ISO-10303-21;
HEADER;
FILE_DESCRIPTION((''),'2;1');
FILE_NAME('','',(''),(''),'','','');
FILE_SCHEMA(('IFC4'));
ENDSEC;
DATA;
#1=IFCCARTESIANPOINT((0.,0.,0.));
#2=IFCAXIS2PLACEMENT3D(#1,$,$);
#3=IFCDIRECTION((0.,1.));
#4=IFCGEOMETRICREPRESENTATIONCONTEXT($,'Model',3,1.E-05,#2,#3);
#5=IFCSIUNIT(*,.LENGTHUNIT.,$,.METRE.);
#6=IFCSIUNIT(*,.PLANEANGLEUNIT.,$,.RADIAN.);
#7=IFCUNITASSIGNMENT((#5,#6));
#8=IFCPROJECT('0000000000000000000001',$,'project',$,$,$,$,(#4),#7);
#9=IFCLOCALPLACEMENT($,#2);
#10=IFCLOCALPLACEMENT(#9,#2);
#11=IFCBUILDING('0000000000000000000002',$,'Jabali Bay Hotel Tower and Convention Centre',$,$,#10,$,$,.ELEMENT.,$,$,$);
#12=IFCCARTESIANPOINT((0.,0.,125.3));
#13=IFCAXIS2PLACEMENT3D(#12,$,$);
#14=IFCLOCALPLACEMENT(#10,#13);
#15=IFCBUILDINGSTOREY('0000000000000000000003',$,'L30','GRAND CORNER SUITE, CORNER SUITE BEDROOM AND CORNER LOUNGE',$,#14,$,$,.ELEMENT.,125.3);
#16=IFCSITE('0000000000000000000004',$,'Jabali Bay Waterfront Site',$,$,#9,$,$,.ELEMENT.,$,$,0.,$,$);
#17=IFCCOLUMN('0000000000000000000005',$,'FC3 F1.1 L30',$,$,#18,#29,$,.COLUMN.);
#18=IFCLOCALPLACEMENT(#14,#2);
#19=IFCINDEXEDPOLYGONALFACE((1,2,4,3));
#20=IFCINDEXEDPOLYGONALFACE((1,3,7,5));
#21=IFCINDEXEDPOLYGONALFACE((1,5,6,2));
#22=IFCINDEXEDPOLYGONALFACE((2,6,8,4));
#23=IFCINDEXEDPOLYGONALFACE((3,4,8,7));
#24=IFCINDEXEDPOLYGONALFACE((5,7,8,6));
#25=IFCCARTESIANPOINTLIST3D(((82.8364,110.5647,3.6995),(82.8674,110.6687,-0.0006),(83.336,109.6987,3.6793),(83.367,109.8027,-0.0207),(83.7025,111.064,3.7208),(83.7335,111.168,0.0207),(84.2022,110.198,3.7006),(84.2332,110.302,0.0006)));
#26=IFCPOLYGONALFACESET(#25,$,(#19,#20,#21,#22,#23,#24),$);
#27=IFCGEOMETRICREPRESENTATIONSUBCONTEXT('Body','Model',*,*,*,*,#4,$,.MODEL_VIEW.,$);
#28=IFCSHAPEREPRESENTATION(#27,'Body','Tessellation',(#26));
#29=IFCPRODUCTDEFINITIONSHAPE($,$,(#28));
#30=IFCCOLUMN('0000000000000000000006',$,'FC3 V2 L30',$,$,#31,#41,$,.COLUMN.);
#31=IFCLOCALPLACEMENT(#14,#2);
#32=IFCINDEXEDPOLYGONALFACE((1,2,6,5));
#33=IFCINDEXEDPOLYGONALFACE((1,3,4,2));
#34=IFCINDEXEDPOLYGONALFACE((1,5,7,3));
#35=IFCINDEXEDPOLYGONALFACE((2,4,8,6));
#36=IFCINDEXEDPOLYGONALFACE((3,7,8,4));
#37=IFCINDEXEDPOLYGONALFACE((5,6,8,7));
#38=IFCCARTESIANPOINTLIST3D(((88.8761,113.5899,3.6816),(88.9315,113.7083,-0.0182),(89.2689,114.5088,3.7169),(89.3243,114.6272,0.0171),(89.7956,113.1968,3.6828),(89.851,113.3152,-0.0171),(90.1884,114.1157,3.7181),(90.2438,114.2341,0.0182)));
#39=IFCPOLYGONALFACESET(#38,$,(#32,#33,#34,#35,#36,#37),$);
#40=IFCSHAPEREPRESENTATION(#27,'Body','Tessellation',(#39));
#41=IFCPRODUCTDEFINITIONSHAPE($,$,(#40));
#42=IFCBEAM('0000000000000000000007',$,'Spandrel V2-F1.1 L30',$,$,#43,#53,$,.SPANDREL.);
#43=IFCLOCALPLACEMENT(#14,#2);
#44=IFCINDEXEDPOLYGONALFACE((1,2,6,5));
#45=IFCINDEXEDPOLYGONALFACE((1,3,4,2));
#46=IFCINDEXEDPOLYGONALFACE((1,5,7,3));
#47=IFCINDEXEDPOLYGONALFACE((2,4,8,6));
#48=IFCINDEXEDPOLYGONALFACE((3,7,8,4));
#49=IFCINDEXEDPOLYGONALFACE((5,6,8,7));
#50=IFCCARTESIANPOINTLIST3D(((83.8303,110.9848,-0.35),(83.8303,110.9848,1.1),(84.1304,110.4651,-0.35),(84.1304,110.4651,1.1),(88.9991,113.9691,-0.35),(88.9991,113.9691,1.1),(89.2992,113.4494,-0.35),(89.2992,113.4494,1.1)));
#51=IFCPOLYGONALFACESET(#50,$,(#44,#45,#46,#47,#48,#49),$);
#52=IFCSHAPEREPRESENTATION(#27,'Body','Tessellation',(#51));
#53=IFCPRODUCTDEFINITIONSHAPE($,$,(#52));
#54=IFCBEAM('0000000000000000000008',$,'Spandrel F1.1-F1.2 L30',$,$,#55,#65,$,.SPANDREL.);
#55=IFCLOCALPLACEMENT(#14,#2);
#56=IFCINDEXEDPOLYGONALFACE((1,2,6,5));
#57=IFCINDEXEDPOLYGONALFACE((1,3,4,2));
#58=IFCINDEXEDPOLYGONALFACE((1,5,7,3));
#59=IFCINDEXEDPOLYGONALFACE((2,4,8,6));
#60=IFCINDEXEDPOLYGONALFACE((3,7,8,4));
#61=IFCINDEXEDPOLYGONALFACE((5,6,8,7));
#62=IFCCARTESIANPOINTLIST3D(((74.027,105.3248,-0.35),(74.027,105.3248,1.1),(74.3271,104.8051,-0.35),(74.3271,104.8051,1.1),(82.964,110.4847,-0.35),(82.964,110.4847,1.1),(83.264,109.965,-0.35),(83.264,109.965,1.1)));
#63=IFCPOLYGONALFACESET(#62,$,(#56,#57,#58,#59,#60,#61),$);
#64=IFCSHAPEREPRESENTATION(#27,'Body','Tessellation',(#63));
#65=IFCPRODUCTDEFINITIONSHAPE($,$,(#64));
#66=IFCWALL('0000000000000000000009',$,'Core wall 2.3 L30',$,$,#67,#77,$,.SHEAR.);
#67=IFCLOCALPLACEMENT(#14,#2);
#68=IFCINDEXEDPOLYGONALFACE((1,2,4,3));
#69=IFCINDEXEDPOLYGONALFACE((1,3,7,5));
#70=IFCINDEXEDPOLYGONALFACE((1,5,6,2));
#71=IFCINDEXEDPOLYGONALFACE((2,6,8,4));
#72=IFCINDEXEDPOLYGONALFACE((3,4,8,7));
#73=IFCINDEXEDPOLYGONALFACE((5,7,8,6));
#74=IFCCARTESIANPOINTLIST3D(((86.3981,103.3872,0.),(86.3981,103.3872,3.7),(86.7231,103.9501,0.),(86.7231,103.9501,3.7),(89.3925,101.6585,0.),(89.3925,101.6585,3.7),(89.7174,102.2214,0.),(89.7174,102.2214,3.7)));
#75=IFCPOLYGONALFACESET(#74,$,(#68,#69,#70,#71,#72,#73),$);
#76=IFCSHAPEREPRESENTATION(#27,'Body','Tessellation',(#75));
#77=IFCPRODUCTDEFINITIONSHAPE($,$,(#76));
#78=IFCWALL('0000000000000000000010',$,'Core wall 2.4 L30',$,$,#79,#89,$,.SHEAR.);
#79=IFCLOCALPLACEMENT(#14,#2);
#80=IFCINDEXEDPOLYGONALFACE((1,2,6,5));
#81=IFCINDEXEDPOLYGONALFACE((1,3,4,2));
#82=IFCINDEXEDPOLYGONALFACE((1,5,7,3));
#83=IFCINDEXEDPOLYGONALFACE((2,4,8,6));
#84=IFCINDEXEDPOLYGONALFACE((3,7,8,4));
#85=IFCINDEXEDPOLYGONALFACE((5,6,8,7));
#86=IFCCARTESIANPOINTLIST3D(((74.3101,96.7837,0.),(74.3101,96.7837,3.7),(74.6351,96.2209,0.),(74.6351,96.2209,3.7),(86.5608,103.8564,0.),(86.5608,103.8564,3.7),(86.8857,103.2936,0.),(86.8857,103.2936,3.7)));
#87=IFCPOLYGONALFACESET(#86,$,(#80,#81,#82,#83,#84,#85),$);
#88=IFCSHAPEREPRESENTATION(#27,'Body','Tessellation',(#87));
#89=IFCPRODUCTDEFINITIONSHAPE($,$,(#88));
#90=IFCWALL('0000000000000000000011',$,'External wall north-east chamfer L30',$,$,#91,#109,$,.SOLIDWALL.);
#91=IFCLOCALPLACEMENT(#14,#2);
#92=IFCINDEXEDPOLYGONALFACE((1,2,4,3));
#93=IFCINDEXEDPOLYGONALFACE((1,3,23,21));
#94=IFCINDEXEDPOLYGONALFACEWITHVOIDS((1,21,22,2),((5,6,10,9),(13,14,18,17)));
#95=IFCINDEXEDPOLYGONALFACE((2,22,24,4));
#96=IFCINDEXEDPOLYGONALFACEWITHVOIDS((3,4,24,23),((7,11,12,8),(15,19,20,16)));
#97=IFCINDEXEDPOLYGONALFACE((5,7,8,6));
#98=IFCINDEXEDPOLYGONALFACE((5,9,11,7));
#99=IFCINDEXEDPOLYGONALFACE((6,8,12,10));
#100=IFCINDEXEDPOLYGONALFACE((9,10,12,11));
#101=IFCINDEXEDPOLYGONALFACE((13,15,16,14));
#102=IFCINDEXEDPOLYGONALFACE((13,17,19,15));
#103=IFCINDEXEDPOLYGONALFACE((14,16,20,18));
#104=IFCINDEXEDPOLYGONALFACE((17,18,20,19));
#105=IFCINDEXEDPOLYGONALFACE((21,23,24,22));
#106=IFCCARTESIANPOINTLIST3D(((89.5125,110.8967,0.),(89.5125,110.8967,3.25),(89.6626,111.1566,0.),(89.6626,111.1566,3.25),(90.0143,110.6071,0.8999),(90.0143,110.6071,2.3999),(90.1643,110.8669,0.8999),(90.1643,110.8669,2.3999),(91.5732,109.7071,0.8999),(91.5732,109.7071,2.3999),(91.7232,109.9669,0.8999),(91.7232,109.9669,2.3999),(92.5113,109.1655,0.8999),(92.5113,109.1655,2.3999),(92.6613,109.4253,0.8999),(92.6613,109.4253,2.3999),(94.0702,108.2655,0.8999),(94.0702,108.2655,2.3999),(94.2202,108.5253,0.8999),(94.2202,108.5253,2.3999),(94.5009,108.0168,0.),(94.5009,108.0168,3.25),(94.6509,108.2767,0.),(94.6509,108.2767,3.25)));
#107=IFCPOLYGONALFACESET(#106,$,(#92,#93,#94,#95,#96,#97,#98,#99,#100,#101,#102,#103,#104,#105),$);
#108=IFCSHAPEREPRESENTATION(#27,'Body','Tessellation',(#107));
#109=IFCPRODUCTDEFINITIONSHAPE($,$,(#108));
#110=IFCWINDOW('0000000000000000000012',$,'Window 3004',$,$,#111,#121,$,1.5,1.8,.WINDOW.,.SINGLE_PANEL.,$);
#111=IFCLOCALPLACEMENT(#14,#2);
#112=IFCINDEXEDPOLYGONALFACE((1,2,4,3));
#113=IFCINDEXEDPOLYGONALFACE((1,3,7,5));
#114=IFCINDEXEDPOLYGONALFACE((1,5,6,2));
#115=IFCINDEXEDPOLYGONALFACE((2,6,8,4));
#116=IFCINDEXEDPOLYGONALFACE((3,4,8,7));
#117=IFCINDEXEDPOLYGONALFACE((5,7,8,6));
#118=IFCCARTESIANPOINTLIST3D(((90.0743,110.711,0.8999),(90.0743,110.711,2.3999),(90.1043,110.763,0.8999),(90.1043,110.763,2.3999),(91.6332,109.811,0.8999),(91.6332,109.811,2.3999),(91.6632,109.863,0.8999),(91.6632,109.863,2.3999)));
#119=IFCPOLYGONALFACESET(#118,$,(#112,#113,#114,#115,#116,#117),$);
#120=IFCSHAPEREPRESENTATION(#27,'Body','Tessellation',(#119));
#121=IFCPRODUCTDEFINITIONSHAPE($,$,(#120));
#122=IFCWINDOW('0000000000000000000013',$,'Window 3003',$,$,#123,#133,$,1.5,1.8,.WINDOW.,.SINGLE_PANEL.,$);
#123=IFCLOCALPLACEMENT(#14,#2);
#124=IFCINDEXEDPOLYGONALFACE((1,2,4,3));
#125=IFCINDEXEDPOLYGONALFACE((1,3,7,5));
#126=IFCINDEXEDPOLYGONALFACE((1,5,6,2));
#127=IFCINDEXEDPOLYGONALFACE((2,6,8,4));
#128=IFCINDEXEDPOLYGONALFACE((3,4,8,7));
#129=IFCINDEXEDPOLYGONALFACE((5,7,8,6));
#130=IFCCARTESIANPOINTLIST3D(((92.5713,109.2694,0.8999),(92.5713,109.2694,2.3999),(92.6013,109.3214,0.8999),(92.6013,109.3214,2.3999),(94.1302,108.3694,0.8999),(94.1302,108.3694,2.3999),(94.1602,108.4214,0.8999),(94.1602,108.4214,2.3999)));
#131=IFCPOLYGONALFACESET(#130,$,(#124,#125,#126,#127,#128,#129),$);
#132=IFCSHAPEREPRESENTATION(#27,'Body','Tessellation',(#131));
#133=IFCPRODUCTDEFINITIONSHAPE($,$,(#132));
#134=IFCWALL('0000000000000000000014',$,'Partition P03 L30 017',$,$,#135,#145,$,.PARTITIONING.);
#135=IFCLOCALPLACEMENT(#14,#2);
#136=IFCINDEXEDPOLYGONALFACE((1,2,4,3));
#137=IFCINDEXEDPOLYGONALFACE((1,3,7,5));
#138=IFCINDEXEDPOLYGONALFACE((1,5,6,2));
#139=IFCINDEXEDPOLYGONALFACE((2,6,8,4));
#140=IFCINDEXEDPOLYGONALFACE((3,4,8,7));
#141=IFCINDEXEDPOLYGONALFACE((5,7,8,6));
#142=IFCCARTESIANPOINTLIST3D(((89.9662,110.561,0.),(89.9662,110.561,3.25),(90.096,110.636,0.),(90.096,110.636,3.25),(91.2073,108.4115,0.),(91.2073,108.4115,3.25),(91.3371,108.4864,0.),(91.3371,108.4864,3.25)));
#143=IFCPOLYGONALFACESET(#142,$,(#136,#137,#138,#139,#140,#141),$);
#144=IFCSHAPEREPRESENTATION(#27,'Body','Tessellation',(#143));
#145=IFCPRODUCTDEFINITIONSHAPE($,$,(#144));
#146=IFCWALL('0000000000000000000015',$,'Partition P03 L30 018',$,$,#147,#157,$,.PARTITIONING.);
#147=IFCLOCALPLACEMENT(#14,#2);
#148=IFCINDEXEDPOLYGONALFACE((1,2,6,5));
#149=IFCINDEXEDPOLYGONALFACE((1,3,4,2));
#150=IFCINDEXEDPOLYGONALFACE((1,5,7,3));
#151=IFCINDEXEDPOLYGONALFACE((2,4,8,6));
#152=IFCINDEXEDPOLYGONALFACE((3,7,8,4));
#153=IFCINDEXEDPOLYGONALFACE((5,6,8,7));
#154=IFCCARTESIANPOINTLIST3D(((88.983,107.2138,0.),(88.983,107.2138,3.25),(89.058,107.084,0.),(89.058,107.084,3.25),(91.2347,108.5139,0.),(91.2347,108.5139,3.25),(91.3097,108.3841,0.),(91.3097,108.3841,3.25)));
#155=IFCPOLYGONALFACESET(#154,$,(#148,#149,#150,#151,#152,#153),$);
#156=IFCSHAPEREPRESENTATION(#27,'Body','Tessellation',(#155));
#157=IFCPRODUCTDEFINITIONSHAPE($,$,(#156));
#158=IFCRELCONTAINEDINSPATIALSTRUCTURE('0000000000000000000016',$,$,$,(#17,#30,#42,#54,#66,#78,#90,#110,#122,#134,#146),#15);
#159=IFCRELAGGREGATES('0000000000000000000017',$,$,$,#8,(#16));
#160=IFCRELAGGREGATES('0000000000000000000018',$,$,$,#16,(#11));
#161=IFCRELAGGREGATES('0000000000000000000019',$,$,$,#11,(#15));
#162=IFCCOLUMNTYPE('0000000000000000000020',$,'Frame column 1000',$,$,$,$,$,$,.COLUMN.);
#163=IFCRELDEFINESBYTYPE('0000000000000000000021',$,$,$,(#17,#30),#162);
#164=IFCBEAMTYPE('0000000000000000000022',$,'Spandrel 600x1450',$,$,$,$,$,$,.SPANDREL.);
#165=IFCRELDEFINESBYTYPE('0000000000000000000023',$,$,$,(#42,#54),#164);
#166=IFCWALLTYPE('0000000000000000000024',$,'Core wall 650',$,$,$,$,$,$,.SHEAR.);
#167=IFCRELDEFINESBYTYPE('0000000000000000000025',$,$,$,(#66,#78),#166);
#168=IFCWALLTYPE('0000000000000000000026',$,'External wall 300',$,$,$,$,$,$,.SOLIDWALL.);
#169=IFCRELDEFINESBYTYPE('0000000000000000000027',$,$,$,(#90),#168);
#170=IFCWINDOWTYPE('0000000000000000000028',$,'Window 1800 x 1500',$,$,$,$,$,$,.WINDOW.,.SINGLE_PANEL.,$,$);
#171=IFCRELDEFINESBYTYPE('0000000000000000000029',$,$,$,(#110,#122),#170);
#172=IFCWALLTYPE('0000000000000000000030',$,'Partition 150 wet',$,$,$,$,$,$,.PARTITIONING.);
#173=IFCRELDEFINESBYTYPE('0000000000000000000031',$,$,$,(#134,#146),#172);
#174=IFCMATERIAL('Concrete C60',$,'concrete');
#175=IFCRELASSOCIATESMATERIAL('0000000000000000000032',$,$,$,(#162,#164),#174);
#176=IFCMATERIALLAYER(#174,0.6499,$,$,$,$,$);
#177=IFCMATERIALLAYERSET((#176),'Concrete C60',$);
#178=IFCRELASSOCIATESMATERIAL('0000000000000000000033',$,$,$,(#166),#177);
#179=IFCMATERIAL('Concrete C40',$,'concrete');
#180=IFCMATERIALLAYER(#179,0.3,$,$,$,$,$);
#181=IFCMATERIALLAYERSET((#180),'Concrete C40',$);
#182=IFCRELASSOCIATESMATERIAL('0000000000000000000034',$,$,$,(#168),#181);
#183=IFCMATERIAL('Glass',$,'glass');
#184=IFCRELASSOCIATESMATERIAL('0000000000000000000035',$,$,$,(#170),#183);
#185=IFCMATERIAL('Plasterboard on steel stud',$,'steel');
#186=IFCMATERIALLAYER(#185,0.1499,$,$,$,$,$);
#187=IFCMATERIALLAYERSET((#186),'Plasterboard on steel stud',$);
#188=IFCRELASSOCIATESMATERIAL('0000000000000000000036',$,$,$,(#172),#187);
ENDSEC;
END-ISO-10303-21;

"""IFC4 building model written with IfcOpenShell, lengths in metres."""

from ifc_helpers import new_model, si_unit, direction, frame, frame_2d, origin, origin_2d, place, context, subcontext, project, spatial, rectangle, extrude, material, layer, layer_set, material_profile, profile_set, type_object, element, fill, save


model = new_model("IFC4")

# Units and contexts
model_context = context("Model", 3, precision=1e-05, world=origin(), true_north=direction((0.0, 1.0)))
body_context = subcontext(model_context, "Body", "Model", "MODEL_VIEW")
ifc_project = project(units=[si_unit("LENGTHUNIT", "METRE"), si_unit("PLANEANGLEUNIT", "RADIAN")], contexts=[model_context])

# Site, building, storey
site_placement = place(None, origin())
site = spatial("IfcSite", under=ifc_project, at=site_placement, Name="Jabali Bay Waterfront Site", CompositionType="ELEMENT", RefElevation=0.0)
building_placement = place(site_placement, origin())
building = spatial("IfcBuilding", under=site, at=building_placement, Name="Jabali Bay Hotel Tower and Convention Centre", CompositionType="ELEMENT")
storey_placement = place(building_placement, frame((0.0, 0.0, 125.3)))
storey = spatial("IfcBuildingStorey", under=building, at=storey_placement, Name="L30", Description="GRAND CORNER SUITE, CORNER SUITE BEDROOM AND CORNER LOUNGE", CompositionType="ELEMENT", Elevation=125.3)

# Columns
ifc_material_1 = material(Name="Concrete C60", Category="concrete")
ifc_material_profile_1 = material_profile(ifc_material_1, rectangle(XDim=1.0, YDim=1.0, at=origin_2d()), Name="Frame column 1000")
ifc_profile_set_1 = profile_set([ifc_material_profile_1], Name="Concrete C60")
column_type = type_object("IfcColumnType", Name="Frame column 1000", PredefinedType="COLUMN", material=ifc_profile_set_1)
column_1_placement = place(storey_placement, frame((83.5503, 110.4854, 0.0), z_axis=(-0.008376, -0.028097, 0.99957), x_axis=(0.866172, 0.499293, 0.021293)))
element("IfcColumn", 1, at=column_1_placement, inside=storey, type_object=column_type, Name="FC3 F1.1 L30", PredefinedType="COLUMN", context=body_context, shape_type="SweptSolid", body=[
    extrude(rectangle(XDim=1.0, YDim=1.0, at=origin_2d()), origin(), (0.0, 0.0, 1.0), 3.7017),
])
column_2_placement = place(storey_placement, frame((89.5876, 113.9712, 0.0), z_axis=(-0.014969, -0.031983, 0.999376), x_axis=(0.919491, -0.39311, 0.001192)))
element("IfcColumn", 2, at=column_2_placement, inside=storey, type_object=column_type, Name="FC3 V2 L30", PredefinedType="COLUMN", context=body_context, shape_type="SweptSolid", body=[
    extrude(rectangle(XDim=1.0, YDim=1.0, at=origin_2d()), origin(), (0.0, 0.0, 1.0), 3.7021),
])

# Beams
ifc_material_profile_2 = material_profile(ifc_material_1, rectangle(XDim=0.6001, YDim=1.45, at=origin_2d()), Name="Spandrel 600x1450")
ifc_profile_set_2 = profile_set([ifc_material_profile_2], Name="Concrete C60")
beam_type = type_object("IfcBeamType", Name="Spandrel 600x1450", PredefinedType="SPANDREL", material=ifc_profile_set_2)
beam_1_placement = place(storey_placement, frame((89.1492, 113.7092, 0.375), z_axis=(-0.866019, -0.50001, 0.0), x_axis=(0.50001, -0.866019, 0.0)))
element("IfcBeam", 3, at=beam_1_placement, inside=storey, type_object=beam_type, Name="Spandrel V2-F1.1 L30", PredefinedType="SPANDREL", context=body_context, shape_type="SweptSolid", body=[
    extrude(rectangle(XDim=0.6001, YDim=1.45, at=origin_2d()), origin(), (0.0, 0.0, 1.0), 5.9685),
])
beam_2_placement = place(storey_placement, frame((83.114, 110.2249, 0.375), z_axis=(-0.86602, -0.500009, 0.0), x_axis=(0.500009, -0.86602, 0.0)))
element("IfcBeam", 4, at=beam_2_placement, inside=storey, type_object=beam_type, Name="Spandrel F1.1-F1.2 L30", PredefinedType="SPANDREL", context=body_context, shape_type="SweptSolid", body=[
    extrude(rectangle(XDim=0.6001, YDim=1.45, at=origin_2d()), origin(), (0.0, 0.0, 1.0), 10.3196),
])

# Walls
ifc_layer_1 = layer(ifc_material_1, 0.6499)
ifc_layer_set_1 = layer_set([ifc_layer_1], Name="Concrete C60")
wall_type_1 = type_object("IfcWallType", Name="Core wall 650", PredefinedType="SHEAR", material=ifc_layer_set_1)
wall_1_placement = place(storey_placement, frame((89.5549, 101.9399, 0.0), z_axis=(0.0, 0.0, 1.0), x_axis=(-0.866032, 0.499989, 0.0)))
element("IfcWall", 5, at=wall_1_placement, inside=storey, type_object=wall_type_1, Name="Core wall 2.3 L30", PredefinedType="SHEAR", context=body_context, shape_type="SweptSolid", body=[
    extrude(rectangle(XDim=3.4575, YDim=0.6499, at=frame_2d((1.7288, 0.0))), origin(), (0.0, 0.0, 1.0), 3.7),
])
wall_2_placement = place(storey_placement, frame((86.7231, 103.575, 0.0), z_axis=(0.0, 0.0, 1.0), x_axis=(-0.866032, -0.499989, 0.0)))
element("IfcWall", 6, at=wall_2_placement, inside=storey, type_object=wall_type_1, Name="Core wall 2.4 L30", PredefinedType="SHEAR", context=body_context, shape_type="SweptSolid", body=[
    extrude(rectangle(XDim=14.1458, YDim=0.6499, at=frame_2d((7.0728, 0.0))), origin(), (0.0, 0.0, 1.0), 3.7),
])

# Wall, openings, windows
ifc_material_2 = material(Name="Concrete C40", Category="concrete")
ifc_layer_2 = layer(ifc_material_2, 0.3)
ifc_layer_set_2 = layer_set([ifc_layer_2], Name="Concrete C40")
wall_type_2 = type_object("IfcWallType", Name="External wall 300", PredefinedType="SOLIDWALL", material=ifc_layer_set_2)
wall_3_placement = place(storey_placement, frame((89.5876, 111.0266, 0.0), z_axis=(0.0, 0.0, 1.0), x_axis=(0.866033, -0.499987, 0.0)))
wall_3 = element("IfcWall", 7, at=wall_3_placement, inside=storey, type_object=wall_type_2, Name="External wall north-east chamfer L30", PredefinedType="SOLIDWALL", context=body_context, shape_type="SweptSolid", body=[
    extrude(rectangle(XDim=5.76, YDim=0.3, at=frame_2d((2.8799, 0.0))), origin(), (0.0, 0.0, 1.0), 3.25),
])
opening_1_placement = place(wall_3_placement, frame((0.5793, 0.0, 0.8999)))
opening_1 = element("IfcOpeningElement", 8, at=opening_1_placement, cuts=wall_3, PredefinedType="OPENING", context=body_context, shape_type="SweptSolid", body=[
    extrude(rectangle(XDim=1.8, YDim=1.5, at=frame_2d((0.8999, 0.75))), frame((0.0, 0.1606, 0.0), z_axis=(0.0, -1.0, 0.0), x_axis=(1.0, 0.0, 0.0)), (0.0, 0.0, 1.0), 0.321),
])
opening_2_placement = place(wall_3_placement, frame((3.4626, 0.0, 0.8999)))
opening_2 = element("IfcOpeningElement", 9, at=opening_2_placement, cuts=wall_3, PredefinedType="OPENING", context=body_context, shape_type="SweptSolid", body=[
    extrude(rectangle(XDim=1.8, YDim=1.5, at=frame_2d((0.8999, 0.75))), frame((0.0, 0.1606, 0.0), z_axis=(0.0, -1.0, 0.0), x_axis=(1.0, 0.0, 0.0)), (0.0, 0.0, 1.0), 0.321),
])
ifc_material_3 = material(Name="Glass", Category="glass")
window_type = type_object("IfcWindowType", Name="Window 1800 x 1500", PartitioningType="SINGLE_PANEL", PredefinedType="WINDOW", material=ifc_material_3)
window_1_placement = place(opening_1_placement, origin())
window_1 = element("IfcWindow", 10, at=window_1_placement, inside=storey, type_object=window_type, Name="Window 3004", OverallHeight=1.5, OverallWidth=1.8, PartitioningType="SINGLE_PANEL", PredefinedType="WINDOW", context=body_context, shape_type="SweptSolid", body=[
    extrude(rectangle(XDim=1.8, YDim=1.5, at=frame_2d((0.8999, 0.75))), frame((0.0, 0.03, 0.0), z_axis=(0.0, -1.0, 0.0), x_axis=(1.0, 0.0, 0.0)), (0.0, 0.0, 1.0), 0.0601),
])
fill(opening_1, window_1)
window_2_placement = place(opening_2_placement, origin())
window_2 = element("IfcWindow", 11, at=window_2_placement, inside=storey, type_object=window_type, Name="Window 3003", OverallHeight=1.5, OverallWidth=1.8, PartitioningType="SINGLE_PANEL", PredefinedType="WINDOW", context=body_context, shape_type="SweptSolid", body=[
    extrude(rectangle(XDim=1.8, YDim=1.5, at=frame_2d((0.8999, 0.75))), frame((0.0, 0.03, 0.0), z_axis=(0.0, -1.0, 0.0), x_axis=(1.0, 0.0, 0.0)), (0.0, 0.0, 1.0), 0.0601),
])
fill(opening_2, window_2)

# Walls
ifc_material_4 = material(Name="Plasterboard on steel stud", Category="steel")
ifc_layer_3 = layer(ifc_material_4, 0.1499)
ifc_layer_set_3 = layer_set([ifc_layer_3], Name="Plasterboard on steel stud")
wall_type_3 = type_object("IfcWallType", Name="Partition 150 wet", PredefinedType="PARTITIONING", material=ifc_layer_set_3)
wall_4_placement = place(storey_placement, frame((90.031, 110.5986, 0.0), z_axis=(0.0, 0.0, 1.0), x_axis=(0.500032, -0.866007, 0.0)))
element("IfcWall", 12, at=wall_4_placement, inside=storey, type_object=wall_type_3, Name="Partition P03 L30 017", PredefinedType="PARTITIONING", context=body_context, shape_type="SweptSolid", body=[
    extrude(rectangle(XDim=2.4822, YDim=0.1499, at=frame_2d((1.2412, 0.0))), origin(), (0.0, 0.0, 1.0), 3.25),
])
wall_5_placement = place(storey_placement, frame((91.2722, 108.449, 0.0), z_axis=(0.0, 0.0, 1.0), x_axis=(-0.866021, -0.500007, 0.0)))
element("IfcWall", 13, at=wall_5_placement, inside=storey, type_object=wall_type_3, Name="Partition P03 L30 018", PredefinedType="PARTITIONING", context=body_context, shape_type="SweptSolid", body=[
    extrude(rectangle(XDim=2.6001, YDim=0.1499, at=frame_2d((1.3, 0.0))), origin(), (0.0, 0.0, 1.0), 3.25),
])

save(model, "model.ifc")
